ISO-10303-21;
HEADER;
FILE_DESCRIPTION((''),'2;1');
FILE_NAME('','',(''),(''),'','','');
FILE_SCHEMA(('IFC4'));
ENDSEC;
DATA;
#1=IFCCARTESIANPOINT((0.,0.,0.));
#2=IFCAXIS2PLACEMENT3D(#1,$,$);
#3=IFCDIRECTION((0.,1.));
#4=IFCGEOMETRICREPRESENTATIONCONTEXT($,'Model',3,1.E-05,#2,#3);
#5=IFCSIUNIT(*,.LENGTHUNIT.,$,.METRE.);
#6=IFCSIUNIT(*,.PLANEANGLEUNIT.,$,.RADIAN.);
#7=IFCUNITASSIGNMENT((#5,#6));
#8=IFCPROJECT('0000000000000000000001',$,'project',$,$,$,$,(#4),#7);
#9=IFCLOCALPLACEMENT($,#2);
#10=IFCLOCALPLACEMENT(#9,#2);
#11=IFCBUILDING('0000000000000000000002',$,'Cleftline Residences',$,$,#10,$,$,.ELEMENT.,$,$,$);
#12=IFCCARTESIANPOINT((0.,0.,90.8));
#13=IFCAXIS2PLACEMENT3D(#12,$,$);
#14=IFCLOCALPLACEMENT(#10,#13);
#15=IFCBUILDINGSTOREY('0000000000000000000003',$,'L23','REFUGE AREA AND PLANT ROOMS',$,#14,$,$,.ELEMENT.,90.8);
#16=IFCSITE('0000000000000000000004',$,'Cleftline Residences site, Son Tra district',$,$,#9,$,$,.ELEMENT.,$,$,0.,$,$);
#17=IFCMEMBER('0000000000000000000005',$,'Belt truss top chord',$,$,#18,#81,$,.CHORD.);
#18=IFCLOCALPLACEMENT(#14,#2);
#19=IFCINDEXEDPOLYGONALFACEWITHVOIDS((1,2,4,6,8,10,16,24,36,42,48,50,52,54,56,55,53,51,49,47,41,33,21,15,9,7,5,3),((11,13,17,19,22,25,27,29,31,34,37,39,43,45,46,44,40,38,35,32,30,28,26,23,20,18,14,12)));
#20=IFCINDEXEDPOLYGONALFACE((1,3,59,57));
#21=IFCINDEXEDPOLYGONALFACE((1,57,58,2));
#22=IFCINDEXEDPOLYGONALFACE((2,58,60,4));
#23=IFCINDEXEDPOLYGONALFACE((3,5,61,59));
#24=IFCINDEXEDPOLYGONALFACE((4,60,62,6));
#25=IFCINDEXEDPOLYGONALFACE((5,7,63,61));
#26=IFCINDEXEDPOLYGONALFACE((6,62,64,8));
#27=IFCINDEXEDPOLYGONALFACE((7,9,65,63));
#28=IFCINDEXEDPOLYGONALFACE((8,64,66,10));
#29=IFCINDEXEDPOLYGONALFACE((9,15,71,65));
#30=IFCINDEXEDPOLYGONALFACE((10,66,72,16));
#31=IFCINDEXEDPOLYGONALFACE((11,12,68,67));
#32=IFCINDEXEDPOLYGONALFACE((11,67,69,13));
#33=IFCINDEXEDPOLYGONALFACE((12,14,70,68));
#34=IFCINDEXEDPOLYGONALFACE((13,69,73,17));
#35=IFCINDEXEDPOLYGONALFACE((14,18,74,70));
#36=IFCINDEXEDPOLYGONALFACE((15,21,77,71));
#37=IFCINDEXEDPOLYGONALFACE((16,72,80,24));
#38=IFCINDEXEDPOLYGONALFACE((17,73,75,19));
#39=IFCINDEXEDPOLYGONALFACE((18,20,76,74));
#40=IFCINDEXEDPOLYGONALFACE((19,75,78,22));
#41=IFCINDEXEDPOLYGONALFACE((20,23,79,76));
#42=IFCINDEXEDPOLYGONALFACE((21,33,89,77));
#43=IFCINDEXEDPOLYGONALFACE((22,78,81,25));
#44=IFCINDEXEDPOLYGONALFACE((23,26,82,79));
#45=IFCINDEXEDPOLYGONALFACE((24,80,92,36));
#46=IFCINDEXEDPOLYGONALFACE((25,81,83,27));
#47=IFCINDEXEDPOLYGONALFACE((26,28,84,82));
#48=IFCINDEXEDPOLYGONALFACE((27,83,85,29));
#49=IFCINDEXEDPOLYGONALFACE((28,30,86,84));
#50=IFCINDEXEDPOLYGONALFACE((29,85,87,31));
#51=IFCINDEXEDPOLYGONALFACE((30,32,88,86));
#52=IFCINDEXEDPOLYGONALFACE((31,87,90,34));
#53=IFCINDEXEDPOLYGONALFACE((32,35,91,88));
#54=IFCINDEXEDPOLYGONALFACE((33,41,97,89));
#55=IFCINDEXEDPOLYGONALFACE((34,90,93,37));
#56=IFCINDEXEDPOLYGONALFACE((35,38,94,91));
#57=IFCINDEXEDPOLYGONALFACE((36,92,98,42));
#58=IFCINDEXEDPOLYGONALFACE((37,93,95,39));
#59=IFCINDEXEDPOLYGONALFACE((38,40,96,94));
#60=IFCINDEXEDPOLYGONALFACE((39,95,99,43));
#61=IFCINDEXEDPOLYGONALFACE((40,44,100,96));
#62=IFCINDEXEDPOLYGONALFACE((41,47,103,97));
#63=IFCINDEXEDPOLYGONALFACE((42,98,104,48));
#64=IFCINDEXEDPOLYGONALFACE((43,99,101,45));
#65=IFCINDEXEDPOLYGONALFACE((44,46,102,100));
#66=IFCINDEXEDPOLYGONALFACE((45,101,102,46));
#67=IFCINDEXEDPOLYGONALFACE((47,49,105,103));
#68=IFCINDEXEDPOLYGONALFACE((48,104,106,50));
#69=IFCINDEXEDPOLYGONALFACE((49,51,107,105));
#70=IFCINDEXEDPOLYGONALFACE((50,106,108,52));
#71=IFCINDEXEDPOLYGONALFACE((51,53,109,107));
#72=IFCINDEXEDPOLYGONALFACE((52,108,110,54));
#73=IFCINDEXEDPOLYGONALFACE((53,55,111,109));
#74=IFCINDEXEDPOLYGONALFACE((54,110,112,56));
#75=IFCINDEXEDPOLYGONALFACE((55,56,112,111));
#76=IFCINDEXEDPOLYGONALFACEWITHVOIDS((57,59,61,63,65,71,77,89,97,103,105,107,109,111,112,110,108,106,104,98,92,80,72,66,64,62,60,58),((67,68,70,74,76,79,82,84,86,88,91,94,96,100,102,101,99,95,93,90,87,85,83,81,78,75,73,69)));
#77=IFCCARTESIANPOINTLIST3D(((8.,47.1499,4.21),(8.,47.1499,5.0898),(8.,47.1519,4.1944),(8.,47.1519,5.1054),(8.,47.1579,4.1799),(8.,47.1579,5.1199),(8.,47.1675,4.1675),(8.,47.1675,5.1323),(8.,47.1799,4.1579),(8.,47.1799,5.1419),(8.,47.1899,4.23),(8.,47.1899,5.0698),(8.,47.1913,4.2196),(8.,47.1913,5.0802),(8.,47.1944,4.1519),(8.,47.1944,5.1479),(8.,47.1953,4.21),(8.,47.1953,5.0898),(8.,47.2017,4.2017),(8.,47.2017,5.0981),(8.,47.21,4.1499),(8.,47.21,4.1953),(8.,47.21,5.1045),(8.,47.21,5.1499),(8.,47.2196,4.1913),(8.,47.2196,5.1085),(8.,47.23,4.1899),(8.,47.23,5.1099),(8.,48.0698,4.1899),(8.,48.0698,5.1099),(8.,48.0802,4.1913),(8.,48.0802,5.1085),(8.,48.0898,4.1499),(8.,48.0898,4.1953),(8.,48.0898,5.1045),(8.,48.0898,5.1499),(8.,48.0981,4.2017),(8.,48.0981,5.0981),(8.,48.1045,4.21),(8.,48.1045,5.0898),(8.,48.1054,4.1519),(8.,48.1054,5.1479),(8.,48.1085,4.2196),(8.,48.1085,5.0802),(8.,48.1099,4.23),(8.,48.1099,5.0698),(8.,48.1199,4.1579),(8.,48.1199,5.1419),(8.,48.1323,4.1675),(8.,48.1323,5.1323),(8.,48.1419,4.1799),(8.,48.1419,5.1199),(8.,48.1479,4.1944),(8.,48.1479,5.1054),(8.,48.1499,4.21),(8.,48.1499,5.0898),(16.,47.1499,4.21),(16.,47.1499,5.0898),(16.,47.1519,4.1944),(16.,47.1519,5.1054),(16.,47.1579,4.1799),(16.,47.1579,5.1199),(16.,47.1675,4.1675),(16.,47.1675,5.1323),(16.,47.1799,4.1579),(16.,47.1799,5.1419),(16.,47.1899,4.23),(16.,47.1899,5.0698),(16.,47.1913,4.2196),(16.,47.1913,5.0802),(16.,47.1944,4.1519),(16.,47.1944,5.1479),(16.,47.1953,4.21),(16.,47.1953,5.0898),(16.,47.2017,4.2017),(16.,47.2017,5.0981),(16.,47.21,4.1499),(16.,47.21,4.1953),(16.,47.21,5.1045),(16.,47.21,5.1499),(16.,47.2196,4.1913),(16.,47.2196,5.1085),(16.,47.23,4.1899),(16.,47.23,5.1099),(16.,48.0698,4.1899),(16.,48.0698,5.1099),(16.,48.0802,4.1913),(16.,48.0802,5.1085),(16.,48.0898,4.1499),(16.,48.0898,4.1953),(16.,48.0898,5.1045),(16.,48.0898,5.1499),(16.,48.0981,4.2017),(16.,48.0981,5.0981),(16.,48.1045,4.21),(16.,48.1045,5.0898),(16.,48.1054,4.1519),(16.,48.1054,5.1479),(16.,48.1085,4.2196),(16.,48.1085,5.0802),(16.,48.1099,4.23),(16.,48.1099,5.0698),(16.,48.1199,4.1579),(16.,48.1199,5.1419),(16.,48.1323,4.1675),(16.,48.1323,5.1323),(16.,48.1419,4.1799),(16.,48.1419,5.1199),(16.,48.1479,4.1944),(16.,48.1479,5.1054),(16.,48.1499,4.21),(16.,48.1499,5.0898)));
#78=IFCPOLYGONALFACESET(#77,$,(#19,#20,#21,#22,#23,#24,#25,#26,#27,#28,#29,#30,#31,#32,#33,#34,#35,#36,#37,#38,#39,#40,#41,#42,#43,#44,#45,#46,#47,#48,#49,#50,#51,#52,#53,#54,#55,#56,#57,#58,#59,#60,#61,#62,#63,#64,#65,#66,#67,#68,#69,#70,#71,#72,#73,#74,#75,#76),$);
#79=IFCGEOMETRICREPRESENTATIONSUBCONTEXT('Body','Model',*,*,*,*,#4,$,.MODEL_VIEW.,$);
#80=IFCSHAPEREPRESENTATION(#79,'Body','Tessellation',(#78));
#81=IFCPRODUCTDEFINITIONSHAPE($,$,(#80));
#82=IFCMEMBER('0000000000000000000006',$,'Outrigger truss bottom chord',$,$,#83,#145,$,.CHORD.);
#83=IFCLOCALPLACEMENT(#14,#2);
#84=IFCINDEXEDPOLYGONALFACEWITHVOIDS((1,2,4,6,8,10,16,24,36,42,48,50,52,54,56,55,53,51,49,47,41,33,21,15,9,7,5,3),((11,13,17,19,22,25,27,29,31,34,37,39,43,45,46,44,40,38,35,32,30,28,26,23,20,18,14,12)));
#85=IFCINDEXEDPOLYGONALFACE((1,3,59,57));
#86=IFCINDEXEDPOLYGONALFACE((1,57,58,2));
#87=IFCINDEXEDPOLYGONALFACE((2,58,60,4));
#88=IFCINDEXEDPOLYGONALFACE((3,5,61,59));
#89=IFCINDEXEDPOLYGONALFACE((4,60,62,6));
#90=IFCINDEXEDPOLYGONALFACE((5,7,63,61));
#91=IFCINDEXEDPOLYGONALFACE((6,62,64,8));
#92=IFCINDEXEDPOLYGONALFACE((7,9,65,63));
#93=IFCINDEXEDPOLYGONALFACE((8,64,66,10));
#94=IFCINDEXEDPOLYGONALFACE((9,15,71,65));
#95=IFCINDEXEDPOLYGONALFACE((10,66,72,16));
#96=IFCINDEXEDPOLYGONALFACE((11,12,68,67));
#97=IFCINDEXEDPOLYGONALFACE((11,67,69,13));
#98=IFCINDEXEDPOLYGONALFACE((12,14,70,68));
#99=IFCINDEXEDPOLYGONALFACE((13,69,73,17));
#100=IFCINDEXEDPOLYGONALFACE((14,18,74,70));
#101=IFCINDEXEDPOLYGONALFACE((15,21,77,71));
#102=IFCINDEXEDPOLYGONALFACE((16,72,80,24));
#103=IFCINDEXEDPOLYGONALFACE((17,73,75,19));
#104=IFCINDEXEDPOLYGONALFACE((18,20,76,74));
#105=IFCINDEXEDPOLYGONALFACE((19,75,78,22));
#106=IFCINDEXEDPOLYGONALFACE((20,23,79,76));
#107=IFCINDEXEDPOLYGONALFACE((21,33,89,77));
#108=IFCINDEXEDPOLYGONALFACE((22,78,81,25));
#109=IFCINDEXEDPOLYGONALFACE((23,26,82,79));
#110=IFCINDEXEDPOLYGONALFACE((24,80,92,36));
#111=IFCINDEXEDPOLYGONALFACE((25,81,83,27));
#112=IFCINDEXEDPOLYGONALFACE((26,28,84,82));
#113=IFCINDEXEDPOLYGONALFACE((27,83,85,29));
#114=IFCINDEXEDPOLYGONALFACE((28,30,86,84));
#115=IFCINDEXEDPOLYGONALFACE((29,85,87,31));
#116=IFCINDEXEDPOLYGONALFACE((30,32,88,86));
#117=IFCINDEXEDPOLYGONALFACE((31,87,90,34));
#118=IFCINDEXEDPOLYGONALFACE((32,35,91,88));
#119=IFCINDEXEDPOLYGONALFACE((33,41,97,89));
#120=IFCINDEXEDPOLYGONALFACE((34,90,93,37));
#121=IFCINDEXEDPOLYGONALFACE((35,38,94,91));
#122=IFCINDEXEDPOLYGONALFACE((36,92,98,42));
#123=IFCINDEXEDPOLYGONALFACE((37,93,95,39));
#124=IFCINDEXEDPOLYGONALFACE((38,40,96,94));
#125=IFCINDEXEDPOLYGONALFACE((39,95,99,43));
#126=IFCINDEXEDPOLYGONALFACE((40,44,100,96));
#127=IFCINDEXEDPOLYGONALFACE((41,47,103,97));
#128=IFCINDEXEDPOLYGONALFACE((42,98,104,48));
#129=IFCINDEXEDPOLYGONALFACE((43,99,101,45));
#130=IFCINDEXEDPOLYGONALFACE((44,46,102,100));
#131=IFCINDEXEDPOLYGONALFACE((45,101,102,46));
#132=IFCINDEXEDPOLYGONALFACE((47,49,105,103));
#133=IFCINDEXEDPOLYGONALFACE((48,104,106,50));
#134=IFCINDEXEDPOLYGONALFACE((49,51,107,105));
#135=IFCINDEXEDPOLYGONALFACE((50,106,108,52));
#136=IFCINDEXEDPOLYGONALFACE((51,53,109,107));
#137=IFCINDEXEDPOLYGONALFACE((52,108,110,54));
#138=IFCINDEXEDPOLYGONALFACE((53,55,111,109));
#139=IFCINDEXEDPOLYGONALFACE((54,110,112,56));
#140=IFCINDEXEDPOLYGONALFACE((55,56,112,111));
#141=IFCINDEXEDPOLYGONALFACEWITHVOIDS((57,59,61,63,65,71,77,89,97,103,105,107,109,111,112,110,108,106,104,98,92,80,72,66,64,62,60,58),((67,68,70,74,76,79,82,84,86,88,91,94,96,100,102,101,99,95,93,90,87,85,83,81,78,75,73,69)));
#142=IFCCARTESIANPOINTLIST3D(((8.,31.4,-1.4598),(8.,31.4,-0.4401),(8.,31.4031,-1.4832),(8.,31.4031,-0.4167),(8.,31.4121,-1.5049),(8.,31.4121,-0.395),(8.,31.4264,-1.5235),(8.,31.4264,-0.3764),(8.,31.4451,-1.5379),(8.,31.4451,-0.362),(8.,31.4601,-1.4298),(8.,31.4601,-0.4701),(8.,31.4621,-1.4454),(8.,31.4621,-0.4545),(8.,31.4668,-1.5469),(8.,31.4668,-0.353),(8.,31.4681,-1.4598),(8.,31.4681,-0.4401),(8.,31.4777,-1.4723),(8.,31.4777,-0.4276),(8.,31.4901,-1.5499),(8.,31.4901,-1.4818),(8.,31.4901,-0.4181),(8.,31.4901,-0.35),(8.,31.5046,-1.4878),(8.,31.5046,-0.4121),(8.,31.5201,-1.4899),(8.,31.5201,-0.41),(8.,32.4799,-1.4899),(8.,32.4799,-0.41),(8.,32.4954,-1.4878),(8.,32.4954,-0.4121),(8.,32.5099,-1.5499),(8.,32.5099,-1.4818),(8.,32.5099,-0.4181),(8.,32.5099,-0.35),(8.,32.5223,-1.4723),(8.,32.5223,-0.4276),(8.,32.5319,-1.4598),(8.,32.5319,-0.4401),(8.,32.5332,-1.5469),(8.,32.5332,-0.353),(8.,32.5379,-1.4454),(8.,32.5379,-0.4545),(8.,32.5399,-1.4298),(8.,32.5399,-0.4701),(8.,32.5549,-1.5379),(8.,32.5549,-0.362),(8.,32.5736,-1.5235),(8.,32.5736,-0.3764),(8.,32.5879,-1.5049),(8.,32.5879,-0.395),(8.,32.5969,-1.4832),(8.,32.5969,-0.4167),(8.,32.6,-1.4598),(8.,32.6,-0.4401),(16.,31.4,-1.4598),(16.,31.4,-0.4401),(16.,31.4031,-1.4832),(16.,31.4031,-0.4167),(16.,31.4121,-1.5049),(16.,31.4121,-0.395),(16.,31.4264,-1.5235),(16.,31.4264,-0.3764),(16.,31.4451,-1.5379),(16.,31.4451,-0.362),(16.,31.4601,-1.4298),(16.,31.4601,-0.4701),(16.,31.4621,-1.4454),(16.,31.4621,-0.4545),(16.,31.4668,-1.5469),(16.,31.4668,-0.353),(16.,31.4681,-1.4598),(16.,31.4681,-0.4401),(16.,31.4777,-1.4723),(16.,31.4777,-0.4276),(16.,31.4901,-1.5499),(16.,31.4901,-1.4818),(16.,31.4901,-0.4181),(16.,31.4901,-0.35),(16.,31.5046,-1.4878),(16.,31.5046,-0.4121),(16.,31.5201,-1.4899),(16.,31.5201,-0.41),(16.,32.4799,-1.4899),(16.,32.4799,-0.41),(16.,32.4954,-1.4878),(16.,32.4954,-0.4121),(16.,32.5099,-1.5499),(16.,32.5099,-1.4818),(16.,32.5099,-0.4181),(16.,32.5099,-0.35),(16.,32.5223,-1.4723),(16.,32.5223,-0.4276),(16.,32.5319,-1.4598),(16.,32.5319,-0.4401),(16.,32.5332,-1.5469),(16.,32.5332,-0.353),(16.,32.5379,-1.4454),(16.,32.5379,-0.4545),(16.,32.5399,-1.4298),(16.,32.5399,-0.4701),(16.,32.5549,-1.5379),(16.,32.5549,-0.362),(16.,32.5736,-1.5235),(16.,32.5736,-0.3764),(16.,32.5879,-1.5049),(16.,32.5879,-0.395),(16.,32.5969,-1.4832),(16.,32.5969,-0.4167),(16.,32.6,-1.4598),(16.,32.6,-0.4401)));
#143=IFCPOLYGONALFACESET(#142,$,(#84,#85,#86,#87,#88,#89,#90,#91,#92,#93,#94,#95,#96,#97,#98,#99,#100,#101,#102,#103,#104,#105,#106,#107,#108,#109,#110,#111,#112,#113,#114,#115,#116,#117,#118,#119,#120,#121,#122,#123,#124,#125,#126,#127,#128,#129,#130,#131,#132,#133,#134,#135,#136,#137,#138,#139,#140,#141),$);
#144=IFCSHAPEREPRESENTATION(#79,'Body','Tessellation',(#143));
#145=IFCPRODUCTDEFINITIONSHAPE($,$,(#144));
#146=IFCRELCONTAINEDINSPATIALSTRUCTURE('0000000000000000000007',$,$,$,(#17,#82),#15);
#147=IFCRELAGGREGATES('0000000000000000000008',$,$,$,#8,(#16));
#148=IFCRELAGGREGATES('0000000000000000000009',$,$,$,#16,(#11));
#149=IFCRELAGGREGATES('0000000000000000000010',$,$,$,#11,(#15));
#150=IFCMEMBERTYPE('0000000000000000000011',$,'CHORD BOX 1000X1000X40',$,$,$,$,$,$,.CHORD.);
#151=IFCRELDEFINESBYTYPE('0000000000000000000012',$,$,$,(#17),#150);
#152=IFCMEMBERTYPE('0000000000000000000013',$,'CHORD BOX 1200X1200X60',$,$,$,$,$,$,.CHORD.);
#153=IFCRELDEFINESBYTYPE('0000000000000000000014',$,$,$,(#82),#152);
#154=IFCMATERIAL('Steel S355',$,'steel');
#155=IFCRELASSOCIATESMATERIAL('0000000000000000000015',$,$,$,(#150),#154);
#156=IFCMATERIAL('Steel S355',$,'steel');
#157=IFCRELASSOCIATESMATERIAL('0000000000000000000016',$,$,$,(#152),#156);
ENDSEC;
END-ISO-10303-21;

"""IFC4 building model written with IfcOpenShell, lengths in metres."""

from ifc_helpers import new_model, si_unit, direction, frame, origin, origin_2d, place, context, subcontext, project, spatial, hollow_rectangle, extrude, material, material_profile, profile_set, type_object, element, save


model = new_model("IFC4")

# Units and contexts
model_context = context("Model", 3, precision=1e-05, world=origin(), true_north=direction((0.0, 1.0)))
body_context = subcontext(model_context, "Body", "Model", "MODEL_VIEW")
ifc_project = project(units=[si_unit("LENGTHUNIT", "METRE"), si_unit("PLANEANGLEUNIT", "RADIAN")], contexts=[model_context])

# Site, building, storey
site_placement = place(None, origin())
site = spatial("IfcSite", under=ifc_project, at=site_placement, Name="Cleftline Residences site, Son Tra district", CompositionType="ELEMENT", RefElevation=0.0)
building_placement = place(site_placement, origin())
building = spatial("IfcBuilding", under=site, at=building_placement, Name="Cleftline Residences", CompositionType="ELEMENT")
storey_placement = place(building_placement, frame((0.0, 0.0, 90.8)))
storey = spatial("IfcBuildingStorey", under=building, at=storey_placement, Name="L23", Description="REFUGE AREA AND PLANT ROOMS", CompositionType="ELEMENT", Elevation=90.8)

# Members
ifc_material_1 = material(Name="Steel S355", Category="steel")
ifc_material_profile_1 = material_profile(ifc_material_1, hollow_rectangle(XDim=1.0, YDim=1.0, WallThickness=0.04, InnerFilletRadius=0.04, OuterFilletRadius=0.0601, at=origin_2d()))
ifc_profile_set_1 = profile_set([ifc_material_profile_1], Name="Steel S355")
member_type_1 = type_object("IfcMemberType", Name="CHORD BOX 1000X1000X40", PredefinedType="CHORD", material=ifc_profile_set_1)
for number, where, z_axis, x_axis, name in (
    (1, (8.0, 47.6499, 4.6499), (1.0, 0.0, 0.0), (0.0, 1.0, 0.0), "Belt truss top chord"),
):
    element("IfcMember", number, at=place(storey_placement, frame(where, z_axis=z_axis, x_axis=x_axis)), inside=storey, type_object=member_type_1, Name=name, PredefinedType="CHORD", context=body_context, shape_type="SweptSolid", body=[
        extrude(hollow_rectangle(XDim=1.0, YDim=1.0, WallThickness=0.04, InnerFilletRadius=0.04, OuterFilletRadius=0.0601, at=origin_2d()), origin(), (0.0, 0.0, 1.0), 8.0),
    ])
ifc_material_2 = material(Name="Steel S355", Category="steel")
ifc_material_profile_2 = material_profile(ifc_material_2, hollow_rectangle(XDim=1.2, YDim=1.2, WallThickness=0.0601, InnerFilletRadius=0.0601, OuterFilletRadius=0.0901, at=origin_2d()))
ifc_profile_set_2 = profile_set([ifc_material_profile_2], Name="Steel S355")
member_type_2 = type_object("IfcMemberType", Name="CHORD BOX 1200X1200X60", PredefinedType="CHORD", material=ifc_profile_set_2)
for number, where, z_axis, x_axis, name in (
    (2, (16.0, 32.0, -0.95), (-1.0, 0.0, 0.0), (0.0, -1.0, 0.0), "Outrigger truss bottom chord"),
):
    element("IfcMember", number, at=place(storey_placement, frame(where, z_axis=z_axis, x_axis=x_axis)), inside=storey, type_object=member_type_2, Name=name, PredefinedType="CHORD", context=body_context, shape_type="SweptSolid", body=[
        extrude(hollow_rectangle(XDim=1.2, YDim=1.2, WallThickness=0.0601, InnerFilletRadius=0.0601, OuterFilletRadius=0.0901, at=origin_2d()), origin(), (0.0, 0.0, 1.0), 8.0),
    ])

save(model, "model.ifc")
